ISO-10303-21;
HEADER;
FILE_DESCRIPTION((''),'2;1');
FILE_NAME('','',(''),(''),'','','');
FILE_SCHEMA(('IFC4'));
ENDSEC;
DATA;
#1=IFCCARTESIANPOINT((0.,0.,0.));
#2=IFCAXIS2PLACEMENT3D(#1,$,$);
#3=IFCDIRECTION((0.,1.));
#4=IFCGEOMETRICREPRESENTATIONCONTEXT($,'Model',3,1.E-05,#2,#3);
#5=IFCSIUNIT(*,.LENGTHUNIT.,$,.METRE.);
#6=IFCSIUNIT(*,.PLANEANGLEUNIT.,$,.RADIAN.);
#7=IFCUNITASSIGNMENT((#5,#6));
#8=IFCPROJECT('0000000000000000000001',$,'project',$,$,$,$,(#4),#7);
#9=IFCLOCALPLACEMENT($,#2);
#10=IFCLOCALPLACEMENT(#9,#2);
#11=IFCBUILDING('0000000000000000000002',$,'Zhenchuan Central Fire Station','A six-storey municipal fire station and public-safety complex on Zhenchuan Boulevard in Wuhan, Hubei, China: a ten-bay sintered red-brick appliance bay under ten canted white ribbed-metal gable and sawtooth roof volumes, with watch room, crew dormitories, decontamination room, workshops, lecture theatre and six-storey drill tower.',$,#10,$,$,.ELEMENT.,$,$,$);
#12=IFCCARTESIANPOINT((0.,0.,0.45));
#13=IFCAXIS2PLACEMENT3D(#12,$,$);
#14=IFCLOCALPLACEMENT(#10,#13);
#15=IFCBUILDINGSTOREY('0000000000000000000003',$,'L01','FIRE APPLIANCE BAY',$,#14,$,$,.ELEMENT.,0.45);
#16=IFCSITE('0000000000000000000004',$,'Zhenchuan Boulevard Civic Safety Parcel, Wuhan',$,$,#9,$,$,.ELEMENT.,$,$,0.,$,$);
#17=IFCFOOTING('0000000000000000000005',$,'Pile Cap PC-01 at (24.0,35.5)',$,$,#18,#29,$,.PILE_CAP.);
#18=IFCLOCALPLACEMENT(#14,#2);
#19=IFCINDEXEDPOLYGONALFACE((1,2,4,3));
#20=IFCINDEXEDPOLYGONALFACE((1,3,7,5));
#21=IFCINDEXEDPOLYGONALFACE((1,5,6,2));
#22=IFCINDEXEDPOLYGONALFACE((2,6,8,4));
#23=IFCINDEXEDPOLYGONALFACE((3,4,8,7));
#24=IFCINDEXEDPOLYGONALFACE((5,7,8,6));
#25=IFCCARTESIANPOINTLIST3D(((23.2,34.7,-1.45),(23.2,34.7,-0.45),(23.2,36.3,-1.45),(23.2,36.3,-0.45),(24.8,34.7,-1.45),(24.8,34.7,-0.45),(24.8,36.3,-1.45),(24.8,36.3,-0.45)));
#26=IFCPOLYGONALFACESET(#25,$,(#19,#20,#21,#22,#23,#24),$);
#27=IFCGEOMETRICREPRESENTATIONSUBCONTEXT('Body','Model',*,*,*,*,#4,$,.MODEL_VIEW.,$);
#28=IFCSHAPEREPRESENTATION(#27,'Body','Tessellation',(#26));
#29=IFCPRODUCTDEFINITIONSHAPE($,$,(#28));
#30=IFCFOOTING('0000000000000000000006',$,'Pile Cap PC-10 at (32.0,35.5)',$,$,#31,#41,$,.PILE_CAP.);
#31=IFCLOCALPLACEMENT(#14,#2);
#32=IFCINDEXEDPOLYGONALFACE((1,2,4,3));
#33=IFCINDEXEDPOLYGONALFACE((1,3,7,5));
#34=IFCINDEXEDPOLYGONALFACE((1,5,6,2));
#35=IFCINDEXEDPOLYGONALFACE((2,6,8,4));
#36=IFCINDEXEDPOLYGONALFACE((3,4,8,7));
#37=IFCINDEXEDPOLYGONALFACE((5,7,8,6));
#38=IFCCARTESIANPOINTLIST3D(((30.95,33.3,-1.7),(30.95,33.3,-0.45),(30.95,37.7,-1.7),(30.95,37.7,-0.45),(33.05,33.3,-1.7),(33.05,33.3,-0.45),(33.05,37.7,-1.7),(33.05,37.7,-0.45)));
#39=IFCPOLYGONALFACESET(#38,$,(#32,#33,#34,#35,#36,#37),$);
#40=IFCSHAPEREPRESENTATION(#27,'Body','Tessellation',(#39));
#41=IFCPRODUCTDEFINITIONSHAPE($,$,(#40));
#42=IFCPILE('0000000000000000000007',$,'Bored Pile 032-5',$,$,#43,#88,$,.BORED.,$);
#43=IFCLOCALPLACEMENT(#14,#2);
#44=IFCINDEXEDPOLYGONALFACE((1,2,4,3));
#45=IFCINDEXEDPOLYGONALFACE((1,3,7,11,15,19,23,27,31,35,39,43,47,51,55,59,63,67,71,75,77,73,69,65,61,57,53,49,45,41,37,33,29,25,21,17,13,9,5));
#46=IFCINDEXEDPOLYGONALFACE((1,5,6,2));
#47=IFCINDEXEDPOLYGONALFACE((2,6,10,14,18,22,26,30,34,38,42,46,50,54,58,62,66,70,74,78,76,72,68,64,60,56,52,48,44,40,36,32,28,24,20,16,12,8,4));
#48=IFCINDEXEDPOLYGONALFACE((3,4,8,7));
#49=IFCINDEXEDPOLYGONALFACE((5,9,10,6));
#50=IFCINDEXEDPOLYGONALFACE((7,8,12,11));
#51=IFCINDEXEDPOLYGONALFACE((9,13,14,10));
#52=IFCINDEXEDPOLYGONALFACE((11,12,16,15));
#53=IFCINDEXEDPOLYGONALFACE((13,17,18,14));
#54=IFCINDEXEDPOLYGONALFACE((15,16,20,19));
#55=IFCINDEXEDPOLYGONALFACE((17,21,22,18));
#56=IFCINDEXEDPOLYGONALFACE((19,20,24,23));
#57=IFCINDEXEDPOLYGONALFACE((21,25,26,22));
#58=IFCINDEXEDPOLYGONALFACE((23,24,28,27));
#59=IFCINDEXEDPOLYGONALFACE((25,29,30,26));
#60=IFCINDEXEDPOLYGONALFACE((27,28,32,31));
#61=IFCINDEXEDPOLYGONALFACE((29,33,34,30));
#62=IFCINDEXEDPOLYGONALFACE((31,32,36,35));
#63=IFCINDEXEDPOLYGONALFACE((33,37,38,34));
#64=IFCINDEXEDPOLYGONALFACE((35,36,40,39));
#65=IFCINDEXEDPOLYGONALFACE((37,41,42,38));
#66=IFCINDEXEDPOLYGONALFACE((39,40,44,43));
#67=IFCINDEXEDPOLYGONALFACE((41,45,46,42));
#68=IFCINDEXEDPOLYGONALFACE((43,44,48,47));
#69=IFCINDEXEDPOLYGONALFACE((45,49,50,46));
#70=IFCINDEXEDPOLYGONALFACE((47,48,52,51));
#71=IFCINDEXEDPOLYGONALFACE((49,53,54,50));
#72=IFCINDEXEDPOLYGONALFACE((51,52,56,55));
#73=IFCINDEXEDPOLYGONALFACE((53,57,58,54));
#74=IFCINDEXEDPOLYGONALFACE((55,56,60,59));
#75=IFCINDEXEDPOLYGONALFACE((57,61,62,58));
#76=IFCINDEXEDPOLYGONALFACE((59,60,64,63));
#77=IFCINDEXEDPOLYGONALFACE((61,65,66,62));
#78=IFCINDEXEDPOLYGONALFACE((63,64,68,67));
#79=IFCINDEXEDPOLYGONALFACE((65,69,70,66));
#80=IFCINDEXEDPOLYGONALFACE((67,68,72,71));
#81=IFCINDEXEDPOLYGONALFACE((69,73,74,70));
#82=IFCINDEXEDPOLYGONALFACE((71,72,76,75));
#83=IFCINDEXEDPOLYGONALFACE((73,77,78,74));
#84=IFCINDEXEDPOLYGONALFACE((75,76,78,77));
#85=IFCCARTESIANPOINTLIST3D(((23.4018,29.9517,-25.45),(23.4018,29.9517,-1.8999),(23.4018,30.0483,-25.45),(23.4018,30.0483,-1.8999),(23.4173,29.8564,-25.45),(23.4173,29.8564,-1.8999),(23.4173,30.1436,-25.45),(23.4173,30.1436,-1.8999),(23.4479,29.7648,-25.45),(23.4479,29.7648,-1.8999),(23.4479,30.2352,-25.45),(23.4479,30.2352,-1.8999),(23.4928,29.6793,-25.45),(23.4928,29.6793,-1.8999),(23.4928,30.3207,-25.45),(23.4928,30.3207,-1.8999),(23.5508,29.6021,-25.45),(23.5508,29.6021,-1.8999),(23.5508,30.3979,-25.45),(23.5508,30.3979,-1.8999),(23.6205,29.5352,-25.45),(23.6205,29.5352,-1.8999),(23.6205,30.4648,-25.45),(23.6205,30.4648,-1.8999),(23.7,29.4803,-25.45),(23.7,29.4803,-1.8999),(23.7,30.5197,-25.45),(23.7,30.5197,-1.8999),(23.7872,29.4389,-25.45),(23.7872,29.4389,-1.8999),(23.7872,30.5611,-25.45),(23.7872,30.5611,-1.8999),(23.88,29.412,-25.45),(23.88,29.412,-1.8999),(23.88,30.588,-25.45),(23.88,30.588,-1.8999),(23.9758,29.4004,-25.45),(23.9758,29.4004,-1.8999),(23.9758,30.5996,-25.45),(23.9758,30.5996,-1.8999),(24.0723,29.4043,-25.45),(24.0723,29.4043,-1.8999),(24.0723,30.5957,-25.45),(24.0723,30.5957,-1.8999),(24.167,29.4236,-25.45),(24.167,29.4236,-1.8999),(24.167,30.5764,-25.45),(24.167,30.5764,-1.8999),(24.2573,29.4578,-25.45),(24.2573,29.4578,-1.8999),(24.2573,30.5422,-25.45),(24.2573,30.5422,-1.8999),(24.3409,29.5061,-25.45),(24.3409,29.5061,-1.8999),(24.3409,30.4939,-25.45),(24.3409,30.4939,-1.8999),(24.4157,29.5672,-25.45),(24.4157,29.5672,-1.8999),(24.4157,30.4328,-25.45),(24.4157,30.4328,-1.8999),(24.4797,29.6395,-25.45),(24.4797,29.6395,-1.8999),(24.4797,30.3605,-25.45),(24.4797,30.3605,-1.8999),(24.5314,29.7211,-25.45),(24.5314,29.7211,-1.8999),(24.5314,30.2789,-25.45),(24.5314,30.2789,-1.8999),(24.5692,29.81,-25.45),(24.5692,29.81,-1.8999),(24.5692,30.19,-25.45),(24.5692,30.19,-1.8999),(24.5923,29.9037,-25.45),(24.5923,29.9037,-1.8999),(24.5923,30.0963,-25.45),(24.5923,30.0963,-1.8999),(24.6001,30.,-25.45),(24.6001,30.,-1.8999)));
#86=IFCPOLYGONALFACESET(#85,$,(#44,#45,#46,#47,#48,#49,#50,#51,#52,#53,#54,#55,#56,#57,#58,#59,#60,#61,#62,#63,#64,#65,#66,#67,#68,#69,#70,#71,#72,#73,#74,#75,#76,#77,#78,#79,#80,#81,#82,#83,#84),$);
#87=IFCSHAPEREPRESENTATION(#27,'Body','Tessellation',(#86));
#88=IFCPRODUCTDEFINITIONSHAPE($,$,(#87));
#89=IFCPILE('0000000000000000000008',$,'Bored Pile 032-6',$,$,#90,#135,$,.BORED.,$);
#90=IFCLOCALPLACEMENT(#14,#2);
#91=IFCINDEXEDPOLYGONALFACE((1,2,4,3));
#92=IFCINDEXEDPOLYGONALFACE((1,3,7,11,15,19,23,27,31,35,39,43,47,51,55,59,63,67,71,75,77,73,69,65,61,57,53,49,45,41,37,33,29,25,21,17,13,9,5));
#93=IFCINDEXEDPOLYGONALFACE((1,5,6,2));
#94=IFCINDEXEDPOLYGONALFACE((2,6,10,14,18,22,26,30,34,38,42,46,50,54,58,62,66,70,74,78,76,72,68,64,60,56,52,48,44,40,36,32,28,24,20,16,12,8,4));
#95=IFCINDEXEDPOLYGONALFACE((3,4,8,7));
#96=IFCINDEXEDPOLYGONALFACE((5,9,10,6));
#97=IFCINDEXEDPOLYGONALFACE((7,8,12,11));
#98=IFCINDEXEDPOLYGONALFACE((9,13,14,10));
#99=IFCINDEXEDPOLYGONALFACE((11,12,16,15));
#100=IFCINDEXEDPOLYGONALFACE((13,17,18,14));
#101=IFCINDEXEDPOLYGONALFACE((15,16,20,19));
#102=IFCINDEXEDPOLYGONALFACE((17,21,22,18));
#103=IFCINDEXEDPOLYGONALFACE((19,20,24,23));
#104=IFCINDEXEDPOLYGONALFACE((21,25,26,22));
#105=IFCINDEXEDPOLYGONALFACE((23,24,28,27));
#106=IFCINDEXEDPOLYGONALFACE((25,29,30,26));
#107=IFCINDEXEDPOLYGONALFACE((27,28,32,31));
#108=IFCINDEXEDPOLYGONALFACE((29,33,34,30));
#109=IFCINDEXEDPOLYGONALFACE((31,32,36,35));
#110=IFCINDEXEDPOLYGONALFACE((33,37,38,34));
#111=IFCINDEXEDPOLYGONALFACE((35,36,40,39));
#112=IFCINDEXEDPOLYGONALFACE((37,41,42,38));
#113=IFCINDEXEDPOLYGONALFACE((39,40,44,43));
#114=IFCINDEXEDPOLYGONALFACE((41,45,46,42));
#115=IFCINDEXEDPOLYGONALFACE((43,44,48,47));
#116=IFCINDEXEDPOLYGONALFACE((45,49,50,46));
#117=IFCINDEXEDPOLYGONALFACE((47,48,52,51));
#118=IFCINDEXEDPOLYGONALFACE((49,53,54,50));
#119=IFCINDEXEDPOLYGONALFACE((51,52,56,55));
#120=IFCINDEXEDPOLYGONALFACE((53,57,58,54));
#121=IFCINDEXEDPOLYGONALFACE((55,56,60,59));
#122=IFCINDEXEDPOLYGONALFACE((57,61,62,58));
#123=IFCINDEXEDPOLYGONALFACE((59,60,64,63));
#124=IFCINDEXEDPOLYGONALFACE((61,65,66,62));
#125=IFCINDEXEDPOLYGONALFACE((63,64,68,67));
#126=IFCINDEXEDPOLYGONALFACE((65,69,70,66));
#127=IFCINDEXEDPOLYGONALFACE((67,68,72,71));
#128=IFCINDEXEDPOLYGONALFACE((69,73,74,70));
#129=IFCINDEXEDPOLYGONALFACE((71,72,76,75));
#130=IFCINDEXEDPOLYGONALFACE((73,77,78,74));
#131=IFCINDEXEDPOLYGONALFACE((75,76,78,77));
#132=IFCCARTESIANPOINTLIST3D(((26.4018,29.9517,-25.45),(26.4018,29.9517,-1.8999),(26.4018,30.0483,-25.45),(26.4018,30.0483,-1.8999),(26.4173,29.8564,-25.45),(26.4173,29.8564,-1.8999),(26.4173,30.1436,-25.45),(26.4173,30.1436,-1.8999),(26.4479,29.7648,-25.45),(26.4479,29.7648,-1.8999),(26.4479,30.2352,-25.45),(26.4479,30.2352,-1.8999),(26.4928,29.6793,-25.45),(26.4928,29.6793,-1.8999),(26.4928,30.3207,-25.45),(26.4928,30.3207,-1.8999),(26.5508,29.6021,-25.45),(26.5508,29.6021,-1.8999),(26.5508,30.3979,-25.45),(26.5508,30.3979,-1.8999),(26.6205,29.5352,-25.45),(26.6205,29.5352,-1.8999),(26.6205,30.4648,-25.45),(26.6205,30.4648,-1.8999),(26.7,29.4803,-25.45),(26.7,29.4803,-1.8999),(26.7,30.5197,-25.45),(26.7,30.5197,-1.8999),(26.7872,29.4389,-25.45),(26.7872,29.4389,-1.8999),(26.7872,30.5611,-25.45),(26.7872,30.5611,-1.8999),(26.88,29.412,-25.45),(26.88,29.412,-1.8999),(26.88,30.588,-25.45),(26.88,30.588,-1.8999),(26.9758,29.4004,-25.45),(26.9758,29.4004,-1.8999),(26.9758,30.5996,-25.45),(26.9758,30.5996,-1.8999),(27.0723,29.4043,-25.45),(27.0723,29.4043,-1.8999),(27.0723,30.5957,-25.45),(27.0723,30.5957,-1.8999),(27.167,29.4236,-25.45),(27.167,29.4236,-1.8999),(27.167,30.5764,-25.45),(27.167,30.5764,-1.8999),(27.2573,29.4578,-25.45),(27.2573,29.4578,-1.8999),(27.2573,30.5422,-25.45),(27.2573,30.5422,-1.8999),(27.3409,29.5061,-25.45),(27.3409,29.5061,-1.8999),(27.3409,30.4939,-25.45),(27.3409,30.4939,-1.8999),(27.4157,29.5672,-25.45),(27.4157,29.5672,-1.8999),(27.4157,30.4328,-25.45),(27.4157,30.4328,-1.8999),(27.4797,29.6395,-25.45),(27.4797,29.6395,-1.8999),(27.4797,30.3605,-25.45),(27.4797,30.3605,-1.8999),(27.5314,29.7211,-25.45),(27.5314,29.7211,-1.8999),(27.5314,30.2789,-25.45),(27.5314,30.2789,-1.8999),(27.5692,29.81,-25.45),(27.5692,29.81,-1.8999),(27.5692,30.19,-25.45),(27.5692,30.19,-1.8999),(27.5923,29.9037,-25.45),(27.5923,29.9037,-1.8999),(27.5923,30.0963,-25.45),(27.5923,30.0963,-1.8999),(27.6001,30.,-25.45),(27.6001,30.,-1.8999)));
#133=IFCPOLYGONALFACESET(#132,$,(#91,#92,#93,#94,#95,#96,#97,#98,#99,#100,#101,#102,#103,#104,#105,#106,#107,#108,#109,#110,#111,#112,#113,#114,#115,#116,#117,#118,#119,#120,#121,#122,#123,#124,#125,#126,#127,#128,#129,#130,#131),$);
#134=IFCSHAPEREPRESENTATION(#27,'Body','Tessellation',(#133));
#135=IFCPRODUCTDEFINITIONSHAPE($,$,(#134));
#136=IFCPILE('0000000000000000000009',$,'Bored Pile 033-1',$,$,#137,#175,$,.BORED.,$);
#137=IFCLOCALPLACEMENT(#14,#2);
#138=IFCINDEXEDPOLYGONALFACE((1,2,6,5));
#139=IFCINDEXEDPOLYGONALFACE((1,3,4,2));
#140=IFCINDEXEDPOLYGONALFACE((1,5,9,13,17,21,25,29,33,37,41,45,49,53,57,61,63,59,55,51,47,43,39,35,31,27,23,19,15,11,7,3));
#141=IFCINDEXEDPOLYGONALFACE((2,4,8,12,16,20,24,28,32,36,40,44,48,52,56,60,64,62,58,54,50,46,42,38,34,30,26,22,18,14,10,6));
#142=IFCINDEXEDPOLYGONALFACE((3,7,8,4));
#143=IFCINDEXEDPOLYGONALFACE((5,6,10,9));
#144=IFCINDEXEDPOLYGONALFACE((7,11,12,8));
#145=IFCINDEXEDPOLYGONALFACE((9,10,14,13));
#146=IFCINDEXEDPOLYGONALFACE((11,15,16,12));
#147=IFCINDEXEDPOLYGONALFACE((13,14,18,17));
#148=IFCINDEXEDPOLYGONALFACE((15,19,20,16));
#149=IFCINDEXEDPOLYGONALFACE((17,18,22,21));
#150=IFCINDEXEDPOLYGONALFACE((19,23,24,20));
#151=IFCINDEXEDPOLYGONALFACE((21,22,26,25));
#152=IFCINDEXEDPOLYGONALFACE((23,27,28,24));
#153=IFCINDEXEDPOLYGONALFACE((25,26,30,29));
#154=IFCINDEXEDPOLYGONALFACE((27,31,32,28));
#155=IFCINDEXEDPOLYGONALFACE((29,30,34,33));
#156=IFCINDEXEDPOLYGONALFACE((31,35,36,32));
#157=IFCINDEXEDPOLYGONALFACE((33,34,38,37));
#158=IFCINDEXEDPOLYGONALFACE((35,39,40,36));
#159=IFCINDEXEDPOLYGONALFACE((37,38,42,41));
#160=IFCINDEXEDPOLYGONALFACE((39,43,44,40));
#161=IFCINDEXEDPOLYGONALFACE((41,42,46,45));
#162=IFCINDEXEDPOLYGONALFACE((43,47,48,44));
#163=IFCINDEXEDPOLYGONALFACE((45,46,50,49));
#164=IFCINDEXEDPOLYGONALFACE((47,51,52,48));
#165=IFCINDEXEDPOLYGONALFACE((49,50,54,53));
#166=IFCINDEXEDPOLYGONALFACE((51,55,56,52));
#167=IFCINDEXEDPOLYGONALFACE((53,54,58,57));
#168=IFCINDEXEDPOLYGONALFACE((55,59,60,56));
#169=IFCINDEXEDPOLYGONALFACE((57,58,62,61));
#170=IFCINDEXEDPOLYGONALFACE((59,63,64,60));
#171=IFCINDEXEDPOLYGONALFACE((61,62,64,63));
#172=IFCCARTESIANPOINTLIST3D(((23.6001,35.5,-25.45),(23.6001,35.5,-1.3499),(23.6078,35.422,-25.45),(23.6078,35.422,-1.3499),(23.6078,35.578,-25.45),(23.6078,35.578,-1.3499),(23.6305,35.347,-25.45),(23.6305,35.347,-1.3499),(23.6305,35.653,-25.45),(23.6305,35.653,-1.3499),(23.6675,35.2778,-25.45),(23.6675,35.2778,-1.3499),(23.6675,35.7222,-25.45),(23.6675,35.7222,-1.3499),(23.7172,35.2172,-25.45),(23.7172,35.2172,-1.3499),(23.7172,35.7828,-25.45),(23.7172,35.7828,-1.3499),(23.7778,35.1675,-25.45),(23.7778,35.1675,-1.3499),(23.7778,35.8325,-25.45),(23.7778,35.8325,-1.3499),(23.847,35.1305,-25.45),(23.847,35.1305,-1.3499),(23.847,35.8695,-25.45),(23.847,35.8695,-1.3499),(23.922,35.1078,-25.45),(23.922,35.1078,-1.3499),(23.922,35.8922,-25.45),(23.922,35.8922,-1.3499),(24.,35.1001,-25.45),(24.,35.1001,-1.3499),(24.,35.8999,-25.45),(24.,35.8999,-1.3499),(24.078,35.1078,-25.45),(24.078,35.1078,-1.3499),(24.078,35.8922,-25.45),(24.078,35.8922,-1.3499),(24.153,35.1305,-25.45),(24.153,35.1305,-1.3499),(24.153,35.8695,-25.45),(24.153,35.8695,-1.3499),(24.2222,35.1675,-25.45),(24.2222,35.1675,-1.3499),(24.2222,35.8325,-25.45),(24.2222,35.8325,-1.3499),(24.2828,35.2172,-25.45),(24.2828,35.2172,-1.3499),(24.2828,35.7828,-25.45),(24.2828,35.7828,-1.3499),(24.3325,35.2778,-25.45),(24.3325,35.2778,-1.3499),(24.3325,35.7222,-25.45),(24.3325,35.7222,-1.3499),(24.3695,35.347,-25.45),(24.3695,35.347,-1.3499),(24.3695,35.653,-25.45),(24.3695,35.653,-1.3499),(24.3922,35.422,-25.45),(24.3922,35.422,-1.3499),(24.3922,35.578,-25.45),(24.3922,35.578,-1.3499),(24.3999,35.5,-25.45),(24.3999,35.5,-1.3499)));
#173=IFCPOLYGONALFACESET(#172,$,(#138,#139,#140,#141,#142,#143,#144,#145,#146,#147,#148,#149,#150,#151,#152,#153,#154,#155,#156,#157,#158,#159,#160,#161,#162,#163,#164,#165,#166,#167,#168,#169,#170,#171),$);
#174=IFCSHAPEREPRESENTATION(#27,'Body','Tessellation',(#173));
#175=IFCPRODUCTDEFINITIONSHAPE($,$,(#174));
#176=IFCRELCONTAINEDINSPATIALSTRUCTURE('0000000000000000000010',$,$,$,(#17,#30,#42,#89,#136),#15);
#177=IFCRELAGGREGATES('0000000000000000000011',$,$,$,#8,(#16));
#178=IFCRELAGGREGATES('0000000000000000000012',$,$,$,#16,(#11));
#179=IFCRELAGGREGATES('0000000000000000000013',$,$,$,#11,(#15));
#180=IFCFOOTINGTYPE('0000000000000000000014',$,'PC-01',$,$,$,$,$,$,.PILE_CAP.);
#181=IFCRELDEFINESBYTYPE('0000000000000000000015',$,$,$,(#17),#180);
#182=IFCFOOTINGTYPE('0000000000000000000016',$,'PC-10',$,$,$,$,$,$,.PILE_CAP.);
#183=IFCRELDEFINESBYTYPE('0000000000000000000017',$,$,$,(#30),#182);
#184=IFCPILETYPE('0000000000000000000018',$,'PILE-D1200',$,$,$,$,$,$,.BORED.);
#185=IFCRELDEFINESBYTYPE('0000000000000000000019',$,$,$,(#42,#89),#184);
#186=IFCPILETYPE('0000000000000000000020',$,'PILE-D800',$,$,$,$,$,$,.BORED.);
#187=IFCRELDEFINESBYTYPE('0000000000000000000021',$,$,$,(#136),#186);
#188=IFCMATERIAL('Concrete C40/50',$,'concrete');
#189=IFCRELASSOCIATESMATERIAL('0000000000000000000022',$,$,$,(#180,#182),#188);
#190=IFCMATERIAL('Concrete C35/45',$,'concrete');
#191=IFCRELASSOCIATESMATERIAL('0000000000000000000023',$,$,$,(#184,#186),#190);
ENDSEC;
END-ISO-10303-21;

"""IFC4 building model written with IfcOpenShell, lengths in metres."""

from ifc_helpers import new_model, si_unit, direction, frame, origin, origin_2d, place, context, subcontext, project, spatial, rectangle, circle, extrude, material, material_profile, profile_set, type_object, element, save


model = new_model("IFC4")

# Units and contexts
model_context = context("Model", 3, precision=1e-05, world=origin(), true_north=direction((0.0, 1.0)))
body_context = subcontext(model_context, "Body", "Model", "MODEL_VIEW")
ifc_project = project(units=[si_unit("LENGTHUNIT", "METRE"), si_unit("PLANEANGLEUNIT", "RADIAN")], contexts=[model_context])

# Site, building, storey
site_placement = place(None, origin())
site = spatial("IfcSite", under=ifc_project, at=site_placement, Name="Zhenchuan Boulevard Civic Safety Parcel, Wuhan", CompositionType="ELEMENT", RefElevation=0.0)
building_placement = place(site_placement, origin())
building = spatial("IfcBuilding", under=site, at=building_placement, Name="Zhenchuan Central Fire Station", Description="A six-storey municipal fire station and public-safety complex on Zhenchuan Boulevard in Wuhan, Hubei, China: a ten-bay sintered red-brick appliance bay under ten canted white ribbed-metal gable and sawtooth roof volumes, with watch room, crew dormitories, decontamination room, workshops, lecture theatre and six-storey drill tower.", CompositionType="ELEMENT")
storey_placement = place(building_placement, frame((0.0, 0.0, 0.45)))
storey = spatial("IfcBuildingStorey", under=building, at=storey_placement, Name="L01", Description="FIRE APPLIANCE BAY", CompositionType="ELEMENT", Elevation=0.45)

# Footings
ifc_material_1 = material(Name="Concrete C40/50", Category="concrete")
footing_type_1 = type_object("IfcFootingType", Name="PC-01", PredefinedType="PILE_CAP", material=ifc_material_1)
footing_1_placement = place(storey_placement, frame((24.0, 35.5, -1.45), z_axis=(0.0, 0.0, 1.0), x_axis=(1.0, 0.0, 0.0)))
element("IfcFooting", 1, at=footing_1_placement, inside=storey, type_object=footing_type_1, Name="Pile Cap PC-01 at (24.0,35.5)", PredefinedType="PILE_CAP", context=body_context, shape_type="SweptSolid", body=[
    extrude(rectangle(XDim=1.6001, YDim=1.6001, at=origin_2d()), origin(), (0.0, 0.0, 1.0), 1.0),
])
footing_type_2 = type_object("IfcFootingType", Name="PC-10", PredefinedType="PILE_CAP", material=ifc_material_1)
footing_2_placement = place(storey_placement, frame((32.0, 35.5, -1.7), z_axis=(0.0, 0.0, 1.0), x_axis=(1.0, 0.0, 0.0)))
element("IfcFooting", 2, at=footing_2_placement, inside=storey, type_object=footing_type_2, Name="Pile Cap PC-10 at (32.0,35.5)", PredefinedType="PILE_CAP", context=body_context, shape_type="SweptSolid", body=[
    extrude(rectangle(XDim=2.1001, YDim=4.3999, at=origin_2d()), origin(), (0.0, 0.0, 1.0), 1.25),
])

# Piles
ifc_material_2 = material(Name="Concrete C35/45", Category="concrete")
ifc_material_profile_1 = material_profile(ifc_material_2, circle(Radius=0.6001, at=origin_2d()), Name="PILE D1200")
ifc_profile_set_1 = profile_set([ifc_material_profile_1], Name="Concrete C35/45")
pile_type_1 = type_object("IfcPileType", Name="PILE-D1200", PredefinedType="BORED", material=ifc_profile_set_1)
for number, where, z_axis, x_axis, name in (
    (3, (24.0, 30.0, -1.8999), (0.0, 0.0, -1.0), (1.0, 0.0, 0.0), "Bored Pile 032-5"),
    (4, (27.0, 30.0, -1.8999), (0.0, 0.0, -1.0), (1.0, 0.0, 0.0), "Bored Pile 032-6"),
):
    element("IfcPile", number, at=place(storey_placement, frame(where, z_axis=z_axis, x_axis=x_axis)), inside=storey, type_object=pile_type_1, Name=name, PredefinedType="BORED", context=body_context, shape_type="SweptSolid", body=[
        extrude(circle(Radius=0.6001, at=origin_2d()), origin(), (0.0, 0.0, 1.0), 23.55),
    ])
ifc_material_profile_2 = material_profile(ifc_material_2, circle(Radius=0.3999, at=origin_2d()), Name="PILE D800")
ifc_profile_set_2 = profile_set([ifc_material_profile_2], Name="Concrete C35/45")
pile_type_2 = type_object("IfcPileType", Name="PILE-D800", PredefinedType="BORED", material=ifc_profile_set_2)
pile_1_placement = place(storey_placement, frame((24.0, 35.5, -1.3499), z_axis=(0.0, 0.0, -1.0), x_axis=(1.0, 0.0, 0.0)))
element("IfcPile", 5, at=pile_1_placement, inside=storey, type_object=pile_type_2, Name="Bored Pile 033-1", PredefinedType="BORED", context=body_context, shape_type="SweptSolid", body=[
    extrude(circle(Radius=0.3999, at=origin_2d()), origin(), (0.0, 0.0, 1.0), 24.1001),
])

save(model, "model.ifc")
